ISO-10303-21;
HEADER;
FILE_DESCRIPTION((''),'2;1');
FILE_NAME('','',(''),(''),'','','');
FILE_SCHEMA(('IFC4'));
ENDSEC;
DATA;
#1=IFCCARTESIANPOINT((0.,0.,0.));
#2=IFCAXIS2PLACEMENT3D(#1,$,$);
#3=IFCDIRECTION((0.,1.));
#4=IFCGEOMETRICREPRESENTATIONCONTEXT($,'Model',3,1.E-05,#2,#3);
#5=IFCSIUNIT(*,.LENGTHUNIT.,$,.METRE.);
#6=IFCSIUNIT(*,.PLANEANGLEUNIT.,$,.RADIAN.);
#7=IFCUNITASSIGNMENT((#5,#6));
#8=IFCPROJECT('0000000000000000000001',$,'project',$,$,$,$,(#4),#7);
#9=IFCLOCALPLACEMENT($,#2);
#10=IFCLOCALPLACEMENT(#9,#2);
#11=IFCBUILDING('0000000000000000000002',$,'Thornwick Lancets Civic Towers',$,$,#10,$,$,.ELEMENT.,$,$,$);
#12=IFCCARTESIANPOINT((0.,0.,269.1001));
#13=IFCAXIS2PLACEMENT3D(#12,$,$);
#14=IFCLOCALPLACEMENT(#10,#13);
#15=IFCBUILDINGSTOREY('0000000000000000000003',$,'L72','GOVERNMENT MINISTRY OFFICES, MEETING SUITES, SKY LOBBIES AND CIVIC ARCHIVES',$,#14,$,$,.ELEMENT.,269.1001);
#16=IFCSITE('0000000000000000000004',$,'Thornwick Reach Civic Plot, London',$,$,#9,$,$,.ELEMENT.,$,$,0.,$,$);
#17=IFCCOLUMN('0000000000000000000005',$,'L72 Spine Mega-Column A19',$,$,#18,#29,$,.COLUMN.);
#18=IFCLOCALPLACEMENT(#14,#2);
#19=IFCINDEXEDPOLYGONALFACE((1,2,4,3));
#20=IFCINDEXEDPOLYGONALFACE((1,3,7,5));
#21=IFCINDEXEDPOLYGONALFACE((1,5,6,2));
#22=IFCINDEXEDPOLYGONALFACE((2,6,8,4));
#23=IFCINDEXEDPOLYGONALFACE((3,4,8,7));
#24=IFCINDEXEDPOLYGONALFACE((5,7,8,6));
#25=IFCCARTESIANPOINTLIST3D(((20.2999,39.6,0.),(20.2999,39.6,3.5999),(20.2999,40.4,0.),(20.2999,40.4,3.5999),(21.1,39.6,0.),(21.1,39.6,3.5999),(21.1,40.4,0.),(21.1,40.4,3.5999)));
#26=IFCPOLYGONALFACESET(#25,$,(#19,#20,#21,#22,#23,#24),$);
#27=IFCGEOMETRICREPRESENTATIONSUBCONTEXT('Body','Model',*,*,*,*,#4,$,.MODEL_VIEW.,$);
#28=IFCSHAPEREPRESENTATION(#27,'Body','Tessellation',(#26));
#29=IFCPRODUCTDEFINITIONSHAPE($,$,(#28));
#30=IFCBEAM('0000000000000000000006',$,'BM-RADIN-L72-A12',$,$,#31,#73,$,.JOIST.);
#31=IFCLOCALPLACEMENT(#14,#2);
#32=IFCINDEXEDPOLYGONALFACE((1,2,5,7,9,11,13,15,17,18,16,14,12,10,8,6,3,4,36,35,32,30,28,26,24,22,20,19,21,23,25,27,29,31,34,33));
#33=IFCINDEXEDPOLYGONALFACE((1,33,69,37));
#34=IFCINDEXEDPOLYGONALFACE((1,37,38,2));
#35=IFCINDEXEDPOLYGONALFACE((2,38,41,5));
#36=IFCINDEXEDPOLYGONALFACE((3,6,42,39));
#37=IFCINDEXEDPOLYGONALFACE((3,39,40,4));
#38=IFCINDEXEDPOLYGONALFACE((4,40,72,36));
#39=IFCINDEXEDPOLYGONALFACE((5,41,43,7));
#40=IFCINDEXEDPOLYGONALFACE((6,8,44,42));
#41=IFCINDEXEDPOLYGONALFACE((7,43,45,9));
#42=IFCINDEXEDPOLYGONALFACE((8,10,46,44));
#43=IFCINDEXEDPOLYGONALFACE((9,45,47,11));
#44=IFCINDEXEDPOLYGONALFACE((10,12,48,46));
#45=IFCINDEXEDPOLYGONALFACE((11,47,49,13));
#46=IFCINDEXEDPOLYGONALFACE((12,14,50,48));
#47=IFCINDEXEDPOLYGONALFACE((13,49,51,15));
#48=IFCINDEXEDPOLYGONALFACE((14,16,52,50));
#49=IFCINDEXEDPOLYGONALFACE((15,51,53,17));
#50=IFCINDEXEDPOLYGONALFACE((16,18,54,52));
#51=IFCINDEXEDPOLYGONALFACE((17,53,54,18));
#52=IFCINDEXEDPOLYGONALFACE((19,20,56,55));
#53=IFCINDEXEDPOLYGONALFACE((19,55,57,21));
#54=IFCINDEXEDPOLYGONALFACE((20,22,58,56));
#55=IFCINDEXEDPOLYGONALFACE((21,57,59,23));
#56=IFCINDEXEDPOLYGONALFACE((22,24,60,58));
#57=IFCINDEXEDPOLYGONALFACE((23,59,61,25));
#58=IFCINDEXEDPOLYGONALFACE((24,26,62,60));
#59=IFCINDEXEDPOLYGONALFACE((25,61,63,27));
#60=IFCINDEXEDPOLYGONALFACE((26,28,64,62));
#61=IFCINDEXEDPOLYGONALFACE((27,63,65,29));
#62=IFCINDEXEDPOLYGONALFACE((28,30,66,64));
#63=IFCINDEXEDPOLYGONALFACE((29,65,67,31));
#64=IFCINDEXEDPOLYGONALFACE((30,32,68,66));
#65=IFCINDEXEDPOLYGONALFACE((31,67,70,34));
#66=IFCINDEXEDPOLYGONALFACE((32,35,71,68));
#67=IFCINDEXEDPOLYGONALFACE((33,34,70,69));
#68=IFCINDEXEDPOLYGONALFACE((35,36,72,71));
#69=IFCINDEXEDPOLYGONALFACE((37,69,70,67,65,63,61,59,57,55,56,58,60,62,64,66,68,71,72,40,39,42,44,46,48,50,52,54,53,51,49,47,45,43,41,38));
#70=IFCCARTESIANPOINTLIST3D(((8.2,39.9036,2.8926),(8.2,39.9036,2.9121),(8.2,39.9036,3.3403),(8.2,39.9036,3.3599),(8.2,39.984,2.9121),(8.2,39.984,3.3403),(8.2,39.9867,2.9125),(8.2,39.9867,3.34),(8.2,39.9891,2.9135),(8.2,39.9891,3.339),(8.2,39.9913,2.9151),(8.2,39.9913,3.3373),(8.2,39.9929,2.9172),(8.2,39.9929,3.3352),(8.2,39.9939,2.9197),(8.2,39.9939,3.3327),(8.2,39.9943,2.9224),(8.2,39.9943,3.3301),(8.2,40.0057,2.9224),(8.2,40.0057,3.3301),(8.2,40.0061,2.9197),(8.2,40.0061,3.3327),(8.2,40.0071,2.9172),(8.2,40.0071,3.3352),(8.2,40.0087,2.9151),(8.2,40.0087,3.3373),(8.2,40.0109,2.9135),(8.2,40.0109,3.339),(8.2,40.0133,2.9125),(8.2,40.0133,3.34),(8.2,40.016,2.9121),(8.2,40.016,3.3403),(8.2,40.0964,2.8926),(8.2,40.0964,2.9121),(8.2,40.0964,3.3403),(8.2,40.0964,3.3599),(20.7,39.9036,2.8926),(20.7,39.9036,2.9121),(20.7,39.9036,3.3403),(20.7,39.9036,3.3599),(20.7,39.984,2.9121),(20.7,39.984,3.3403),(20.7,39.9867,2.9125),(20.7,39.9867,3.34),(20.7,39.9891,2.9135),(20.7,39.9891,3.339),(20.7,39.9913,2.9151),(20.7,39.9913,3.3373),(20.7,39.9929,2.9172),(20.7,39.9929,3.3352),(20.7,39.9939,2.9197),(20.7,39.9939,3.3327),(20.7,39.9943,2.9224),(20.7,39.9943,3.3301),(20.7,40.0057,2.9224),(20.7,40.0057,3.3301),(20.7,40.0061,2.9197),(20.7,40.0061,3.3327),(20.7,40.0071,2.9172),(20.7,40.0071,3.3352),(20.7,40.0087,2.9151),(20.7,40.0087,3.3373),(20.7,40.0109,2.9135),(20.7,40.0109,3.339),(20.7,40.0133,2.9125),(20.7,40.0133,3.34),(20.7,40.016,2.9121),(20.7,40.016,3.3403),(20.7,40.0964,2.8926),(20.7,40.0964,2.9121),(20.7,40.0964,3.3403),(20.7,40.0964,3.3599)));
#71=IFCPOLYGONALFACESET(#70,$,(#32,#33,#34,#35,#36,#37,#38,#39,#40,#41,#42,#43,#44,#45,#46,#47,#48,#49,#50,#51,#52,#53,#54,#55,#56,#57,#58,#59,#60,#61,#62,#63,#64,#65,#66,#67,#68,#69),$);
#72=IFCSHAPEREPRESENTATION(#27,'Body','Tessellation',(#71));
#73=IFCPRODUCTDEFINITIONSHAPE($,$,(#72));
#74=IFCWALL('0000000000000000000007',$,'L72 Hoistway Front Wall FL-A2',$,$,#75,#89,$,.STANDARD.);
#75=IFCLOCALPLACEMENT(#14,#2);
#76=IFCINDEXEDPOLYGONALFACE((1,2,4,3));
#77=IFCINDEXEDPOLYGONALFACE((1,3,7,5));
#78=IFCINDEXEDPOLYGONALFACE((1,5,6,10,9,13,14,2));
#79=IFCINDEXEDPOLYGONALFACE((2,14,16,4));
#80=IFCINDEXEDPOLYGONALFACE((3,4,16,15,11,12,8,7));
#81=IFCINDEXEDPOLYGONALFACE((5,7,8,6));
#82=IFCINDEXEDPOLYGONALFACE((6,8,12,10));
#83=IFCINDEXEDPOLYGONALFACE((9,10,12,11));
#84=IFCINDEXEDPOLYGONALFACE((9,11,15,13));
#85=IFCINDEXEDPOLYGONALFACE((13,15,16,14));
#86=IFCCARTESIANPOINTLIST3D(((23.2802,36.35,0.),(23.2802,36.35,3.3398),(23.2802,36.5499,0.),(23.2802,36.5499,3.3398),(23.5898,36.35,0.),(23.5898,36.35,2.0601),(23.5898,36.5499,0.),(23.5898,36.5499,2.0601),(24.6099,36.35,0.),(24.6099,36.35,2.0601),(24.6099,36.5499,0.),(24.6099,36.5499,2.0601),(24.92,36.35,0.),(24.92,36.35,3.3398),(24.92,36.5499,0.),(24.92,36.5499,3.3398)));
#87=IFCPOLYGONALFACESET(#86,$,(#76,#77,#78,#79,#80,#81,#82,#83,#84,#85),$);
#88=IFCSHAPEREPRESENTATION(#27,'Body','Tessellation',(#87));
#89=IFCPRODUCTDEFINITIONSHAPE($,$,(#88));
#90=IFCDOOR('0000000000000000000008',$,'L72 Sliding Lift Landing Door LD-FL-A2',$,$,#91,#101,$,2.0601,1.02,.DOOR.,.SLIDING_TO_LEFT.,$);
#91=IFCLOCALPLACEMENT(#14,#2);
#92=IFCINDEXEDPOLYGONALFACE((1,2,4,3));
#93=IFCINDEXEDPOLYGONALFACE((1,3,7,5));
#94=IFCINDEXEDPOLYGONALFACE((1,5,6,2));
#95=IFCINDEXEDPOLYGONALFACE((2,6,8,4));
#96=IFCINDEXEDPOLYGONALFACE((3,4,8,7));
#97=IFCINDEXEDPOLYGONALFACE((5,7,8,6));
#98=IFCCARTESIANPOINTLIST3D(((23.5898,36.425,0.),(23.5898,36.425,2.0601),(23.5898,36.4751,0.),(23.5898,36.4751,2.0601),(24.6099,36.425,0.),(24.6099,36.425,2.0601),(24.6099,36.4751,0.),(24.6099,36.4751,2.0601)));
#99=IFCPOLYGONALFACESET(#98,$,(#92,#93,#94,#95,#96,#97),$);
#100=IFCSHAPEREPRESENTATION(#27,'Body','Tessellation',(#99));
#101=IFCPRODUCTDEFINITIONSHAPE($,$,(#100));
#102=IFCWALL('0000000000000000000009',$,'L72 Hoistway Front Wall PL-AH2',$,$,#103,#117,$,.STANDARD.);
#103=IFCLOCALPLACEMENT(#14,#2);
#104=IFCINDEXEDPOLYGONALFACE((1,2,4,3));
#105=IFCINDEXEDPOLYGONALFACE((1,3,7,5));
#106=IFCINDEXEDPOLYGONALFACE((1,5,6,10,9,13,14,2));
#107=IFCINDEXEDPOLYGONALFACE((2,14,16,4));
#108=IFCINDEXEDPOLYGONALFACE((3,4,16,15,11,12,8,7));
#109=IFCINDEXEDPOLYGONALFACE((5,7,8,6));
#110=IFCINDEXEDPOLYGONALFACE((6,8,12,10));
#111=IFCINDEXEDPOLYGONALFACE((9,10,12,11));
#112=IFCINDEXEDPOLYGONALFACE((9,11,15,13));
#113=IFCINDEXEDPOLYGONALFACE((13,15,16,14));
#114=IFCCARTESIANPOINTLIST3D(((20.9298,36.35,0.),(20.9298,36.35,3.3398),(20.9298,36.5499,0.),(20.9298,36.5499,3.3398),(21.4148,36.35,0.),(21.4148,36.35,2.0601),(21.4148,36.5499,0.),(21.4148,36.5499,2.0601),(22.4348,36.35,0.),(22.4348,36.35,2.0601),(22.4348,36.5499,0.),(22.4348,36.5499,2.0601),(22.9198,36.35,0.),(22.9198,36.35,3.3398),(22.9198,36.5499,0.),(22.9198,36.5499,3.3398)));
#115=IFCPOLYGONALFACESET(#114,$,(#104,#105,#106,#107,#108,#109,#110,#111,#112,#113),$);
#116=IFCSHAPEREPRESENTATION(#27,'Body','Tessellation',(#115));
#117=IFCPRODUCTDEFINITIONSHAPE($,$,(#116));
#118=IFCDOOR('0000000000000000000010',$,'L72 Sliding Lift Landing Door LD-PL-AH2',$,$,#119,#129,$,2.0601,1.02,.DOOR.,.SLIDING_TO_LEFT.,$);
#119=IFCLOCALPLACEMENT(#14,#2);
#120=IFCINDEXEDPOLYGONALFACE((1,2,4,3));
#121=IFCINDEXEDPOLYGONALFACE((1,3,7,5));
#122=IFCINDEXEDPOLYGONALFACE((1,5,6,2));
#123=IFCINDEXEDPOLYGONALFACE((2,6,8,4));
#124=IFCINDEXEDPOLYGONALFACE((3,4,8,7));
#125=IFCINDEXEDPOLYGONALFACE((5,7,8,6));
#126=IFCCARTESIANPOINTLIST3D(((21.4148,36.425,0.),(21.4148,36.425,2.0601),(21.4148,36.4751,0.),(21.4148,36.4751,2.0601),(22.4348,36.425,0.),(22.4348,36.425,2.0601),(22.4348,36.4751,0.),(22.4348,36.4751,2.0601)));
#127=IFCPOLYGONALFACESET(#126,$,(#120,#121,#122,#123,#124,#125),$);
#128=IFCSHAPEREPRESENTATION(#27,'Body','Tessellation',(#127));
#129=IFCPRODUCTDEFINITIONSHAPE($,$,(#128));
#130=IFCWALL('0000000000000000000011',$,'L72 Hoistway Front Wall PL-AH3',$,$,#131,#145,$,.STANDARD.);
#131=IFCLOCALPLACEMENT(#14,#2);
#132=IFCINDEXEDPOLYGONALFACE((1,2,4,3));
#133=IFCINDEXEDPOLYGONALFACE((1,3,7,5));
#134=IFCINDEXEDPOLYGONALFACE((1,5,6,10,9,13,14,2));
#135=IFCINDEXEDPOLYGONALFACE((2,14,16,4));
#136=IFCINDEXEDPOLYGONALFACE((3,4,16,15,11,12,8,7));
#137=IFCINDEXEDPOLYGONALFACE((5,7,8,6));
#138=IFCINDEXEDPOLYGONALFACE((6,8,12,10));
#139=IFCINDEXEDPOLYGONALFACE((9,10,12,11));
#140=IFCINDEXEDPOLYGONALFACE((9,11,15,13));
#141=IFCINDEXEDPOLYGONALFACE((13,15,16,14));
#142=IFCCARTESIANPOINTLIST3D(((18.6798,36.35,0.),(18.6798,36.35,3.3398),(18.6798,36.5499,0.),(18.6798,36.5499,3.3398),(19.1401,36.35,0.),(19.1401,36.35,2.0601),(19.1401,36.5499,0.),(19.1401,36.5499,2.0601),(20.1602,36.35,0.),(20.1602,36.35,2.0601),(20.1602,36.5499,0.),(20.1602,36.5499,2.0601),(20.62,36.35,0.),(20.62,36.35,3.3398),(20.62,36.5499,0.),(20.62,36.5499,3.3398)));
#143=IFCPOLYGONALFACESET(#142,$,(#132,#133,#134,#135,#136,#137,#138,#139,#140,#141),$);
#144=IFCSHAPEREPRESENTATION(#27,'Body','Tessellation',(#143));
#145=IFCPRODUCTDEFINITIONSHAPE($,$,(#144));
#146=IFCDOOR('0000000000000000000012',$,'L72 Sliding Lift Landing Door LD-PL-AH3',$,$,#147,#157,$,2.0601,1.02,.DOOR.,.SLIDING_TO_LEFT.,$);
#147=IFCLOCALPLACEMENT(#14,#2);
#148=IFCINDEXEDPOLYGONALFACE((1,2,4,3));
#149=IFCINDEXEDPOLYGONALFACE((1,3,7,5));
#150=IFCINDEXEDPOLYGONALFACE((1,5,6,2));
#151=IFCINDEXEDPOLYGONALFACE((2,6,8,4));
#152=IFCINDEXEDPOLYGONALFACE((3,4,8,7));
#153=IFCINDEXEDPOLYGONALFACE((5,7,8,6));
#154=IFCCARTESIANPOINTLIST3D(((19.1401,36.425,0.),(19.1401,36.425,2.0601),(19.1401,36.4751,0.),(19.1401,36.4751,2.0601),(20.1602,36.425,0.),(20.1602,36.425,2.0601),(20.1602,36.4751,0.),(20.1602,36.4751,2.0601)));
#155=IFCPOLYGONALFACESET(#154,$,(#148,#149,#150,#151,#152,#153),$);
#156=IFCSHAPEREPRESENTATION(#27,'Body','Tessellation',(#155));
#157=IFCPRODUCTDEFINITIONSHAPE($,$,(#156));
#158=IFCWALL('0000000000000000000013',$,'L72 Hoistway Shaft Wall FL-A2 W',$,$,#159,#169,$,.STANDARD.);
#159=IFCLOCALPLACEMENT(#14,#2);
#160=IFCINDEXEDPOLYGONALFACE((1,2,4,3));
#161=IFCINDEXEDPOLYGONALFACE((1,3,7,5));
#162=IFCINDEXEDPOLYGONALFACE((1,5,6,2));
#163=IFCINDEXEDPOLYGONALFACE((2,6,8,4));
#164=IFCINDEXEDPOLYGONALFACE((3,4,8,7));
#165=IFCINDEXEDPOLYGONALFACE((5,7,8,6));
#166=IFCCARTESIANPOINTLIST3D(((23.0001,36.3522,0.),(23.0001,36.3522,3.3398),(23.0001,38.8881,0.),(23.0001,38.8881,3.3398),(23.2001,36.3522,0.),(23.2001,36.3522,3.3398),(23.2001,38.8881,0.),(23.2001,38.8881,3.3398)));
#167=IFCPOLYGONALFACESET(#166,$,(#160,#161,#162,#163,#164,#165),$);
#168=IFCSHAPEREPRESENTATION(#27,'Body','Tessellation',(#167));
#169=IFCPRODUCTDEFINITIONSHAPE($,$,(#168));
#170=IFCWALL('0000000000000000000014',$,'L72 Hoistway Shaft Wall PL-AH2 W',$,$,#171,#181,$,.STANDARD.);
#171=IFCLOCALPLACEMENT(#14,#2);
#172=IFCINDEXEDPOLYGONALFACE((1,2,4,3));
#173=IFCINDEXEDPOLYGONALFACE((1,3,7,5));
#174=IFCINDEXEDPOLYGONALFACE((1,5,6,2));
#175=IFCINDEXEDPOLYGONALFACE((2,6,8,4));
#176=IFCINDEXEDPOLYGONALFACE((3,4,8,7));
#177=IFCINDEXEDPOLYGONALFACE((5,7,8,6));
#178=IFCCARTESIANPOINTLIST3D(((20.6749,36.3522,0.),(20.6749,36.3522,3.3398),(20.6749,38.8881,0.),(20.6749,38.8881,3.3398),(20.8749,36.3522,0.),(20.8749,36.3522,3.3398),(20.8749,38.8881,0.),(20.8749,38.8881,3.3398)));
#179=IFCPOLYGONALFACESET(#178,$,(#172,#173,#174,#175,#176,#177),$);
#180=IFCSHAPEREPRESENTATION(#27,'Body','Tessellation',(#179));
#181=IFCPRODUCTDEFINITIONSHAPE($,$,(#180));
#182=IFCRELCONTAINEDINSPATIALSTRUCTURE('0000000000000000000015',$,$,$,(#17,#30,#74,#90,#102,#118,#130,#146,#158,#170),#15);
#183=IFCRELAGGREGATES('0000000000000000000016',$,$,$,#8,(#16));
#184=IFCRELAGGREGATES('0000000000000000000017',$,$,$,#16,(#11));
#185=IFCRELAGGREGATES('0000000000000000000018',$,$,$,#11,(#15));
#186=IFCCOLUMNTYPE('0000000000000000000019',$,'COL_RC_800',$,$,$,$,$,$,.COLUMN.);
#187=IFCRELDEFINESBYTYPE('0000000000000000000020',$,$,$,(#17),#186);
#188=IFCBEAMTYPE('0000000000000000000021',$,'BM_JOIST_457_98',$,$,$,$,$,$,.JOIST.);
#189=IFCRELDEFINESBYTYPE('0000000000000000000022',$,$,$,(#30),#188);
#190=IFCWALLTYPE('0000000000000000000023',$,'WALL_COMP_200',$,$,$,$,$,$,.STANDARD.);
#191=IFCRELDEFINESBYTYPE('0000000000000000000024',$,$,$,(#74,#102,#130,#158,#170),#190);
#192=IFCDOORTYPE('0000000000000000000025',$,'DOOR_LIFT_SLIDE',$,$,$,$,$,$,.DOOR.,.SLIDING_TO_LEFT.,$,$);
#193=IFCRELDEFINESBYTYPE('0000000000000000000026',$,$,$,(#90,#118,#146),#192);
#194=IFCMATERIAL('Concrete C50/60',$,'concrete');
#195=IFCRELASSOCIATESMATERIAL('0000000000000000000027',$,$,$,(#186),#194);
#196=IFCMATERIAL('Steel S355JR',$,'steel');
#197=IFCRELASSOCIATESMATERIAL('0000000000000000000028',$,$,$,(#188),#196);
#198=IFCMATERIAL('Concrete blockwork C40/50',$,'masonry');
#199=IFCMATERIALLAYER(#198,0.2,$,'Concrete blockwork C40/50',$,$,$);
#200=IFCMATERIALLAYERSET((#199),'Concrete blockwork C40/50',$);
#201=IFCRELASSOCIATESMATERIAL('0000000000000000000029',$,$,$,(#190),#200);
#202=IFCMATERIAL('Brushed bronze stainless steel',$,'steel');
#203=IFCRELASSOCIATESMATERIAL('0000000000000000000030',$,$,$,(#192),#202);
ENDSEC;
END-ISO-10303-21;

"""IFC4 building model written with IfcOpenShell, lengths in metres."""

from ifc_helpers import new_model, si_unit, direction, frame, frame_2d, origin, origin_2d, place, context, subcontext, project, spatial, rectangle, i_section, extrude, material, layer, layer_set, material_profile, profile_set, type_object, element, fill, save


model = new_model("IFC4")

# Units and contexts
model_context = context("Model", 3, precision=1e-05, world=origin(), true_north=direction((0.0, 1.0)))
body_context = subcontext(model_context, "Body", "Model", "MODEL_VIEW")
ifc_project = project(units=[si_unit("LENGTHUNIT", "METRE"), si_unit("PLANEANGLEUNIT", "RADIAN")], contexts=[model_context])

# Site, building, storey
site_placement = place(None, origin())
site = spatial("IfcSite", under=ifc_project, at=site_placement, Name="Thornwick Reach Civic Plot, London", CompositionType="ELEMENT", RefElevation=0.0)
building_placement = place(site_placement, origin())
building = spatial("IfcBuilding", under=site, at=building_placement, Name="Thornwick Lancets Civic Towers", CompositionType="ELEMENT")
storey_placement = place(building_placement, frame((0.0, 0.0, 269.1001)))
storey = spatial("IfcBuildingStorey", under=building, at=storey_placement, Name="L72", Description="GOVERNMENT MINISTRY OFFICES, MEETING SUITES, SKY LOBBIES AND CIVIC ARCHIVES", CompositionType="ELEMENT", Elevation=269.1001)

# Column
ifc_material_1 = material(Name="Concrete C50/60", Category="concrete")
ifc_material_profile_1 = material_profile(ifc_material_1, rectangle(XDim=0.8, YDim=0.8, at=origin_2d()), Name="RC 800x800")
ifc_profile_set_1 = profile_set([ifc_material_profile_1], Name="Concrete C50/60")
column_type = type_object("IfcColumnType", Name="COL_RC_800", PredefinedType="COLUMN", material=ifc_profile_set_1)
column_placement = place(storey_placement, frame((20.7, 40.0, 0.0), z_axis=(0.0, 0.0, 1.0), x_axis=(1.0, 0.0, 0.0)))
element("IfcColumn", 1, at=column_placement, inside=storey, type_object=column_type, Name="L72 Spine Mega-Column A19", PredefinedType="COLUMN", context=body_context, shape_type="SweptSolid", body=[
    extrude(rectangle(XDim=0.8, YDim=0.8, at=origin_2d()), origin(), (0.0, 0.0, 1.0), 3.5999),
])

# Beam
ifc_material_2 = material(Name="Steel S355JR", Category="steel")
ifc_material_profile_2 = material_profile(ifc_material_2, i_section(OverallWidth=0.1929, OverallDepth=0.4673, WebThickness=0.0115, FlangeThickness=0.0195, FilletRadius=0.0103, at=origin_2d()), Name="UKB 457x191x98")
ifc_profile_set_2 = profile_set([ifc_material_profile_2], Name="Steel S355JR")
beam_type = type_object("IfcBeamType", Name="BM_JOIST_457_98", PredefinedType="JOIST", material=ifc_profile_set_2)
beam_placement = place(storey_placement, frame((20.7, 40.0, 3.1262), z_axis=(-1.0, 0.0, 0.0), x_axis=(0.0, -1.0, 0.0)))
element("IfcBeam", 2, at=beam_placement, inside=storey, type_object=beam_type, Name="BM-RADIN-L72-A12", PredefinedType="JOIST", context=body_context, shape_type="SweptSolid", body=[
    extrude(i_section(OverallWidth=0.1929, OverallDepth=0.4673, WebThickness=0.0115, FlangeThickness=0.0195, FilletRadius=0.0103, at=origin_2d()), origin(), (0.0, 0.0, 1.0), 12.5),
])

# Walls, openings, doors
ifc_material_3 = material(Name="Concrete blockwork C40/50", Category="masonry")
ifc_layer_1 = layer(ifc_material_3, 0.2, Name="Concrete blockwork C40/50")
ifc_layer_set_1 = layer_set([ifc_layer_1], Name="Concrete blockwork C40/50")
wall_type_1 = type_object("IfcWallType", Name="WALL_COMP_200", PredefinedType="STANDARD", material=ifc_layer_set_1)
wall_1_placement = place(storey_placement, frame((24.9199, 36.45, 0.0), z_axis=(0.0, 0.0, 1.0), x_axis=(-1.0, 0.0, 0.0)))
wall_1 = element("IfcWall", 3, at=wall_1_placement, inside=storey, type_object=wall_type_1, Name="L72 Hoistway Front Wall FL-A2", PredefinedType="STANDARD", context=body_context, shape_type="SweptSolid", body=[
    extrude(rectangle(XDim=1.6399, YDim=0.2, at=frame_2d((0.8198, 0.0))), origin(), (0.0, 0.0, 1.0), 3.3398),
])
opening_1_placement = place(wall_1_placement, frame((0.3101, 0.0, 0.0)))
opening_1 = element("IfcOpeningElement", 4, at=opening_1_placement, cuts=wall_1, PredefinedType="OPENING", context=body_context, shape_type="SweptSolid", body=[
    extrude(rectangle(XDim=1.02, YDim=2.0601, at=frame_2d((0.51, 1.03))), frame((0.0, 0.1099, 0.0), z_axis=(0.0, -1.0, 0.0), x_axis=(1.0, 0.0, 0.0)), (0.0, 0.0, 1.0), 0.22),
])
ifc_material_4 = material(Name="Brushed bronze stainless steel", Category="steel")
door_type_1 = type_object("IfcDoorType", Name="DOOR_LIFT_SLIDE", OperationType="SLIDING_TO_LEFT", PredefinedType="DOOR", material=ifc_material_4)
door_1_placement = place(opening_1_placement, origin())
door_1 = element("IfcDoor", 5, at=door_1_placement, inside=storey, type_object=door_type_1, Name="L72 Sliding Lift Landing Door LD-FL-A2", OperationType="SLIDING_TO_LEFT", OverallHeight=2.0601, OverallWidth=1.02, PredefinedType="DOOR", context=body_context, shape_type="SweptSolid", body=[
    extrude(rectangle(XDim=1.02, YDim=2.0601, at=frame_2d((0.51, 1.03))), frame((0.0, 0.0249, 0.0), z_axis=(0.0, -1.0, 0.0), x_axis=(1.0, 0.0, 0.0)), (0.0, 0.0, 1.0), 0.05),
])
fill(opening_1, door_1)
wall_2_placement = place(storey_placement, frame((22.9199, 36.45, 0.0), z_axis=(0.0, 0.0, 1.0), x_axis=(-1.0, 0.0, 0.0)))
wall_2 = element("IfcWall", 6, at=wall_2_placement, inside=storey, type_object=wall_type_1, Name="L72 Hoistway Front Wall PL-AH2", PredefinedType="STANDARD", context=body_context, shape_type="SweptSolid", body=[
    extrude(rectangle(XDim=1.99, YDim=0.2, at=frame_2d((0.9951, 0.0))), origin(), (0.0, 0.0, 1.0), 3.3398),
])
opening_2_placement = place(wall_2_placement, frame((0.4851, 0.0, 0.0)))
opening_2 = element("IfcOpeningElement", 7, at=opening_2_placement, cuts=wall_2, PredefinedType="OPENING", context=body_context, shape_type="SweptSolid", body=[
    extrude(rectangle(XDim=1.02, YDim=2.0601, at=frame_2d((0.51, 1.03))), frame((0.0, 0.1099, 0.0), z_axis=(0.0, -1.0, 0.0), x_axis=(1.0, 0.0, 0.0)), (0.0, 0.0, 1.0), 0.22),
])
door_2_placement = place(opening_2_placement, origin())
door_2 = element("IfcDoor", 8, at=door_2_placement, inside=storey, type_object=door_type_1, Name="L72 Sliding Lift Landing Door LD-PL-AH2", OperationType="SLIDING_TO_LEFT", OverallHeight=2.0601, OverallWidth=1.02, PredefinedType="DOOR", context=body_context, shape_type="SweptSolid", body=[
    extrude(rectangle(XDim=1.02, YDim=2.0601, at=frame_2d((0.51, 1.03))), frame((0.0, 0.0249, 0.0), z_axis=(0.0, -1.0, 0.0), x_axis=(1.0, 0.0, 0.0)), (0.0, 0.0, 1.0), 0.05),
])
fill(opening_2, door_2)
wall_3_placement = place(storey_placement, frame((20.6201, 36.45, 0.0), z_axis=(0.0, 0.0, 1.0), x_axis=(-1.0, 0.0, 0.0)))
wall_3 = element("IfcWall", 9, at=wall_3_placement, inside=storey, type_object=wall_type_1, Name="L72 Hoistway Front Wall PL-AH3", PredefinedType="STANDARD", context=body_context, shape_type="SweptSolid", body=[
    extrude(rectangle(XDim=1.9402, YDim=0.2, at=frame_2d((0.9702, 0.0))), origin(), (0.0, 0.0, 1.0), 3.3398),
])
opening_3_placement = place(wall_3_placement, frame((0.46, 0.0, 0.0)))
opening_3 = element("IfcOpeningElement", 10, at=opening_3_placement, cuts=wall_3, PredefinedType="OPENING", context=body_context, shape_type="SweptSolid", body=[
    extrude(rectangle(XDim=1.02, YDim=2.0601, at=frame_2d((0.51, 1.03))), frame((0.0, 0.1099, 0.0), z_axis=(0.0, -1.0, 0.0), x_axis=(1.0, 0.0, 0.0)), (0.0, 0.0, 1.0), 0.22),
])
door_3_placement = place(opening_3_placement, origin())
door_3 = element("IfcDoor", 11, at=door_3_placement, inside=storey, type_object=door_type_1, Name="L72 Sliding Lift Landing Door LD-PL-AH3", OperationType="SLIDING_TO_LEFT", OverallHeight=2.0601, OverallWidth=1.02, PredefinedType="DOOR", context=body_context, shape_type="SweptSolid", body=[
    extrude(rectangle(XDim=1.02, YDim=2.0601, at=frame_2d((0.51, 1.03))), frame((0.0, 0.0249, 0.0), z_axis=(0.0, -1.0, 0.0), x_axis=(1.0, 0.0, 0.0)), (0.0, 0.0, 1.0), 0.05),
])
fill(opening_3, door_3)

# Walls
for number, where, z_axis, x_axis, name in (
    (12, (23.1001, 36.3521, 0.0), (0.0, 0.0, 1.0), (0.0, 1.0, 0.0), "L72 Hoistway Shaft Wall FL-A2 W"),
    (13, (20.7749, 36.3521, 0.0), (0.0, 0.0, 1.0), (0.0, 1.0, 0.0), "L72 Hoistway Shaft Wall PL-AH2 W"),
):
    element("IfcWall", number, at=place(storey_placement, frame(where, z_axis=z_axis, x_axis=x_axis)), inside=storey, type_object=wall_type_1, Name=name, PredefinedType="STANDARD", context=body_context, shape_type="SweptSolid", body=[
        extrude(rectangle(XDim=2.5359, YDim=0.2, at=frame_2d((1.2681, 0.0))), origin(), (0.0, 0.0, 1.0), 3.3398),
    ])

save(model, "model.ifc")
